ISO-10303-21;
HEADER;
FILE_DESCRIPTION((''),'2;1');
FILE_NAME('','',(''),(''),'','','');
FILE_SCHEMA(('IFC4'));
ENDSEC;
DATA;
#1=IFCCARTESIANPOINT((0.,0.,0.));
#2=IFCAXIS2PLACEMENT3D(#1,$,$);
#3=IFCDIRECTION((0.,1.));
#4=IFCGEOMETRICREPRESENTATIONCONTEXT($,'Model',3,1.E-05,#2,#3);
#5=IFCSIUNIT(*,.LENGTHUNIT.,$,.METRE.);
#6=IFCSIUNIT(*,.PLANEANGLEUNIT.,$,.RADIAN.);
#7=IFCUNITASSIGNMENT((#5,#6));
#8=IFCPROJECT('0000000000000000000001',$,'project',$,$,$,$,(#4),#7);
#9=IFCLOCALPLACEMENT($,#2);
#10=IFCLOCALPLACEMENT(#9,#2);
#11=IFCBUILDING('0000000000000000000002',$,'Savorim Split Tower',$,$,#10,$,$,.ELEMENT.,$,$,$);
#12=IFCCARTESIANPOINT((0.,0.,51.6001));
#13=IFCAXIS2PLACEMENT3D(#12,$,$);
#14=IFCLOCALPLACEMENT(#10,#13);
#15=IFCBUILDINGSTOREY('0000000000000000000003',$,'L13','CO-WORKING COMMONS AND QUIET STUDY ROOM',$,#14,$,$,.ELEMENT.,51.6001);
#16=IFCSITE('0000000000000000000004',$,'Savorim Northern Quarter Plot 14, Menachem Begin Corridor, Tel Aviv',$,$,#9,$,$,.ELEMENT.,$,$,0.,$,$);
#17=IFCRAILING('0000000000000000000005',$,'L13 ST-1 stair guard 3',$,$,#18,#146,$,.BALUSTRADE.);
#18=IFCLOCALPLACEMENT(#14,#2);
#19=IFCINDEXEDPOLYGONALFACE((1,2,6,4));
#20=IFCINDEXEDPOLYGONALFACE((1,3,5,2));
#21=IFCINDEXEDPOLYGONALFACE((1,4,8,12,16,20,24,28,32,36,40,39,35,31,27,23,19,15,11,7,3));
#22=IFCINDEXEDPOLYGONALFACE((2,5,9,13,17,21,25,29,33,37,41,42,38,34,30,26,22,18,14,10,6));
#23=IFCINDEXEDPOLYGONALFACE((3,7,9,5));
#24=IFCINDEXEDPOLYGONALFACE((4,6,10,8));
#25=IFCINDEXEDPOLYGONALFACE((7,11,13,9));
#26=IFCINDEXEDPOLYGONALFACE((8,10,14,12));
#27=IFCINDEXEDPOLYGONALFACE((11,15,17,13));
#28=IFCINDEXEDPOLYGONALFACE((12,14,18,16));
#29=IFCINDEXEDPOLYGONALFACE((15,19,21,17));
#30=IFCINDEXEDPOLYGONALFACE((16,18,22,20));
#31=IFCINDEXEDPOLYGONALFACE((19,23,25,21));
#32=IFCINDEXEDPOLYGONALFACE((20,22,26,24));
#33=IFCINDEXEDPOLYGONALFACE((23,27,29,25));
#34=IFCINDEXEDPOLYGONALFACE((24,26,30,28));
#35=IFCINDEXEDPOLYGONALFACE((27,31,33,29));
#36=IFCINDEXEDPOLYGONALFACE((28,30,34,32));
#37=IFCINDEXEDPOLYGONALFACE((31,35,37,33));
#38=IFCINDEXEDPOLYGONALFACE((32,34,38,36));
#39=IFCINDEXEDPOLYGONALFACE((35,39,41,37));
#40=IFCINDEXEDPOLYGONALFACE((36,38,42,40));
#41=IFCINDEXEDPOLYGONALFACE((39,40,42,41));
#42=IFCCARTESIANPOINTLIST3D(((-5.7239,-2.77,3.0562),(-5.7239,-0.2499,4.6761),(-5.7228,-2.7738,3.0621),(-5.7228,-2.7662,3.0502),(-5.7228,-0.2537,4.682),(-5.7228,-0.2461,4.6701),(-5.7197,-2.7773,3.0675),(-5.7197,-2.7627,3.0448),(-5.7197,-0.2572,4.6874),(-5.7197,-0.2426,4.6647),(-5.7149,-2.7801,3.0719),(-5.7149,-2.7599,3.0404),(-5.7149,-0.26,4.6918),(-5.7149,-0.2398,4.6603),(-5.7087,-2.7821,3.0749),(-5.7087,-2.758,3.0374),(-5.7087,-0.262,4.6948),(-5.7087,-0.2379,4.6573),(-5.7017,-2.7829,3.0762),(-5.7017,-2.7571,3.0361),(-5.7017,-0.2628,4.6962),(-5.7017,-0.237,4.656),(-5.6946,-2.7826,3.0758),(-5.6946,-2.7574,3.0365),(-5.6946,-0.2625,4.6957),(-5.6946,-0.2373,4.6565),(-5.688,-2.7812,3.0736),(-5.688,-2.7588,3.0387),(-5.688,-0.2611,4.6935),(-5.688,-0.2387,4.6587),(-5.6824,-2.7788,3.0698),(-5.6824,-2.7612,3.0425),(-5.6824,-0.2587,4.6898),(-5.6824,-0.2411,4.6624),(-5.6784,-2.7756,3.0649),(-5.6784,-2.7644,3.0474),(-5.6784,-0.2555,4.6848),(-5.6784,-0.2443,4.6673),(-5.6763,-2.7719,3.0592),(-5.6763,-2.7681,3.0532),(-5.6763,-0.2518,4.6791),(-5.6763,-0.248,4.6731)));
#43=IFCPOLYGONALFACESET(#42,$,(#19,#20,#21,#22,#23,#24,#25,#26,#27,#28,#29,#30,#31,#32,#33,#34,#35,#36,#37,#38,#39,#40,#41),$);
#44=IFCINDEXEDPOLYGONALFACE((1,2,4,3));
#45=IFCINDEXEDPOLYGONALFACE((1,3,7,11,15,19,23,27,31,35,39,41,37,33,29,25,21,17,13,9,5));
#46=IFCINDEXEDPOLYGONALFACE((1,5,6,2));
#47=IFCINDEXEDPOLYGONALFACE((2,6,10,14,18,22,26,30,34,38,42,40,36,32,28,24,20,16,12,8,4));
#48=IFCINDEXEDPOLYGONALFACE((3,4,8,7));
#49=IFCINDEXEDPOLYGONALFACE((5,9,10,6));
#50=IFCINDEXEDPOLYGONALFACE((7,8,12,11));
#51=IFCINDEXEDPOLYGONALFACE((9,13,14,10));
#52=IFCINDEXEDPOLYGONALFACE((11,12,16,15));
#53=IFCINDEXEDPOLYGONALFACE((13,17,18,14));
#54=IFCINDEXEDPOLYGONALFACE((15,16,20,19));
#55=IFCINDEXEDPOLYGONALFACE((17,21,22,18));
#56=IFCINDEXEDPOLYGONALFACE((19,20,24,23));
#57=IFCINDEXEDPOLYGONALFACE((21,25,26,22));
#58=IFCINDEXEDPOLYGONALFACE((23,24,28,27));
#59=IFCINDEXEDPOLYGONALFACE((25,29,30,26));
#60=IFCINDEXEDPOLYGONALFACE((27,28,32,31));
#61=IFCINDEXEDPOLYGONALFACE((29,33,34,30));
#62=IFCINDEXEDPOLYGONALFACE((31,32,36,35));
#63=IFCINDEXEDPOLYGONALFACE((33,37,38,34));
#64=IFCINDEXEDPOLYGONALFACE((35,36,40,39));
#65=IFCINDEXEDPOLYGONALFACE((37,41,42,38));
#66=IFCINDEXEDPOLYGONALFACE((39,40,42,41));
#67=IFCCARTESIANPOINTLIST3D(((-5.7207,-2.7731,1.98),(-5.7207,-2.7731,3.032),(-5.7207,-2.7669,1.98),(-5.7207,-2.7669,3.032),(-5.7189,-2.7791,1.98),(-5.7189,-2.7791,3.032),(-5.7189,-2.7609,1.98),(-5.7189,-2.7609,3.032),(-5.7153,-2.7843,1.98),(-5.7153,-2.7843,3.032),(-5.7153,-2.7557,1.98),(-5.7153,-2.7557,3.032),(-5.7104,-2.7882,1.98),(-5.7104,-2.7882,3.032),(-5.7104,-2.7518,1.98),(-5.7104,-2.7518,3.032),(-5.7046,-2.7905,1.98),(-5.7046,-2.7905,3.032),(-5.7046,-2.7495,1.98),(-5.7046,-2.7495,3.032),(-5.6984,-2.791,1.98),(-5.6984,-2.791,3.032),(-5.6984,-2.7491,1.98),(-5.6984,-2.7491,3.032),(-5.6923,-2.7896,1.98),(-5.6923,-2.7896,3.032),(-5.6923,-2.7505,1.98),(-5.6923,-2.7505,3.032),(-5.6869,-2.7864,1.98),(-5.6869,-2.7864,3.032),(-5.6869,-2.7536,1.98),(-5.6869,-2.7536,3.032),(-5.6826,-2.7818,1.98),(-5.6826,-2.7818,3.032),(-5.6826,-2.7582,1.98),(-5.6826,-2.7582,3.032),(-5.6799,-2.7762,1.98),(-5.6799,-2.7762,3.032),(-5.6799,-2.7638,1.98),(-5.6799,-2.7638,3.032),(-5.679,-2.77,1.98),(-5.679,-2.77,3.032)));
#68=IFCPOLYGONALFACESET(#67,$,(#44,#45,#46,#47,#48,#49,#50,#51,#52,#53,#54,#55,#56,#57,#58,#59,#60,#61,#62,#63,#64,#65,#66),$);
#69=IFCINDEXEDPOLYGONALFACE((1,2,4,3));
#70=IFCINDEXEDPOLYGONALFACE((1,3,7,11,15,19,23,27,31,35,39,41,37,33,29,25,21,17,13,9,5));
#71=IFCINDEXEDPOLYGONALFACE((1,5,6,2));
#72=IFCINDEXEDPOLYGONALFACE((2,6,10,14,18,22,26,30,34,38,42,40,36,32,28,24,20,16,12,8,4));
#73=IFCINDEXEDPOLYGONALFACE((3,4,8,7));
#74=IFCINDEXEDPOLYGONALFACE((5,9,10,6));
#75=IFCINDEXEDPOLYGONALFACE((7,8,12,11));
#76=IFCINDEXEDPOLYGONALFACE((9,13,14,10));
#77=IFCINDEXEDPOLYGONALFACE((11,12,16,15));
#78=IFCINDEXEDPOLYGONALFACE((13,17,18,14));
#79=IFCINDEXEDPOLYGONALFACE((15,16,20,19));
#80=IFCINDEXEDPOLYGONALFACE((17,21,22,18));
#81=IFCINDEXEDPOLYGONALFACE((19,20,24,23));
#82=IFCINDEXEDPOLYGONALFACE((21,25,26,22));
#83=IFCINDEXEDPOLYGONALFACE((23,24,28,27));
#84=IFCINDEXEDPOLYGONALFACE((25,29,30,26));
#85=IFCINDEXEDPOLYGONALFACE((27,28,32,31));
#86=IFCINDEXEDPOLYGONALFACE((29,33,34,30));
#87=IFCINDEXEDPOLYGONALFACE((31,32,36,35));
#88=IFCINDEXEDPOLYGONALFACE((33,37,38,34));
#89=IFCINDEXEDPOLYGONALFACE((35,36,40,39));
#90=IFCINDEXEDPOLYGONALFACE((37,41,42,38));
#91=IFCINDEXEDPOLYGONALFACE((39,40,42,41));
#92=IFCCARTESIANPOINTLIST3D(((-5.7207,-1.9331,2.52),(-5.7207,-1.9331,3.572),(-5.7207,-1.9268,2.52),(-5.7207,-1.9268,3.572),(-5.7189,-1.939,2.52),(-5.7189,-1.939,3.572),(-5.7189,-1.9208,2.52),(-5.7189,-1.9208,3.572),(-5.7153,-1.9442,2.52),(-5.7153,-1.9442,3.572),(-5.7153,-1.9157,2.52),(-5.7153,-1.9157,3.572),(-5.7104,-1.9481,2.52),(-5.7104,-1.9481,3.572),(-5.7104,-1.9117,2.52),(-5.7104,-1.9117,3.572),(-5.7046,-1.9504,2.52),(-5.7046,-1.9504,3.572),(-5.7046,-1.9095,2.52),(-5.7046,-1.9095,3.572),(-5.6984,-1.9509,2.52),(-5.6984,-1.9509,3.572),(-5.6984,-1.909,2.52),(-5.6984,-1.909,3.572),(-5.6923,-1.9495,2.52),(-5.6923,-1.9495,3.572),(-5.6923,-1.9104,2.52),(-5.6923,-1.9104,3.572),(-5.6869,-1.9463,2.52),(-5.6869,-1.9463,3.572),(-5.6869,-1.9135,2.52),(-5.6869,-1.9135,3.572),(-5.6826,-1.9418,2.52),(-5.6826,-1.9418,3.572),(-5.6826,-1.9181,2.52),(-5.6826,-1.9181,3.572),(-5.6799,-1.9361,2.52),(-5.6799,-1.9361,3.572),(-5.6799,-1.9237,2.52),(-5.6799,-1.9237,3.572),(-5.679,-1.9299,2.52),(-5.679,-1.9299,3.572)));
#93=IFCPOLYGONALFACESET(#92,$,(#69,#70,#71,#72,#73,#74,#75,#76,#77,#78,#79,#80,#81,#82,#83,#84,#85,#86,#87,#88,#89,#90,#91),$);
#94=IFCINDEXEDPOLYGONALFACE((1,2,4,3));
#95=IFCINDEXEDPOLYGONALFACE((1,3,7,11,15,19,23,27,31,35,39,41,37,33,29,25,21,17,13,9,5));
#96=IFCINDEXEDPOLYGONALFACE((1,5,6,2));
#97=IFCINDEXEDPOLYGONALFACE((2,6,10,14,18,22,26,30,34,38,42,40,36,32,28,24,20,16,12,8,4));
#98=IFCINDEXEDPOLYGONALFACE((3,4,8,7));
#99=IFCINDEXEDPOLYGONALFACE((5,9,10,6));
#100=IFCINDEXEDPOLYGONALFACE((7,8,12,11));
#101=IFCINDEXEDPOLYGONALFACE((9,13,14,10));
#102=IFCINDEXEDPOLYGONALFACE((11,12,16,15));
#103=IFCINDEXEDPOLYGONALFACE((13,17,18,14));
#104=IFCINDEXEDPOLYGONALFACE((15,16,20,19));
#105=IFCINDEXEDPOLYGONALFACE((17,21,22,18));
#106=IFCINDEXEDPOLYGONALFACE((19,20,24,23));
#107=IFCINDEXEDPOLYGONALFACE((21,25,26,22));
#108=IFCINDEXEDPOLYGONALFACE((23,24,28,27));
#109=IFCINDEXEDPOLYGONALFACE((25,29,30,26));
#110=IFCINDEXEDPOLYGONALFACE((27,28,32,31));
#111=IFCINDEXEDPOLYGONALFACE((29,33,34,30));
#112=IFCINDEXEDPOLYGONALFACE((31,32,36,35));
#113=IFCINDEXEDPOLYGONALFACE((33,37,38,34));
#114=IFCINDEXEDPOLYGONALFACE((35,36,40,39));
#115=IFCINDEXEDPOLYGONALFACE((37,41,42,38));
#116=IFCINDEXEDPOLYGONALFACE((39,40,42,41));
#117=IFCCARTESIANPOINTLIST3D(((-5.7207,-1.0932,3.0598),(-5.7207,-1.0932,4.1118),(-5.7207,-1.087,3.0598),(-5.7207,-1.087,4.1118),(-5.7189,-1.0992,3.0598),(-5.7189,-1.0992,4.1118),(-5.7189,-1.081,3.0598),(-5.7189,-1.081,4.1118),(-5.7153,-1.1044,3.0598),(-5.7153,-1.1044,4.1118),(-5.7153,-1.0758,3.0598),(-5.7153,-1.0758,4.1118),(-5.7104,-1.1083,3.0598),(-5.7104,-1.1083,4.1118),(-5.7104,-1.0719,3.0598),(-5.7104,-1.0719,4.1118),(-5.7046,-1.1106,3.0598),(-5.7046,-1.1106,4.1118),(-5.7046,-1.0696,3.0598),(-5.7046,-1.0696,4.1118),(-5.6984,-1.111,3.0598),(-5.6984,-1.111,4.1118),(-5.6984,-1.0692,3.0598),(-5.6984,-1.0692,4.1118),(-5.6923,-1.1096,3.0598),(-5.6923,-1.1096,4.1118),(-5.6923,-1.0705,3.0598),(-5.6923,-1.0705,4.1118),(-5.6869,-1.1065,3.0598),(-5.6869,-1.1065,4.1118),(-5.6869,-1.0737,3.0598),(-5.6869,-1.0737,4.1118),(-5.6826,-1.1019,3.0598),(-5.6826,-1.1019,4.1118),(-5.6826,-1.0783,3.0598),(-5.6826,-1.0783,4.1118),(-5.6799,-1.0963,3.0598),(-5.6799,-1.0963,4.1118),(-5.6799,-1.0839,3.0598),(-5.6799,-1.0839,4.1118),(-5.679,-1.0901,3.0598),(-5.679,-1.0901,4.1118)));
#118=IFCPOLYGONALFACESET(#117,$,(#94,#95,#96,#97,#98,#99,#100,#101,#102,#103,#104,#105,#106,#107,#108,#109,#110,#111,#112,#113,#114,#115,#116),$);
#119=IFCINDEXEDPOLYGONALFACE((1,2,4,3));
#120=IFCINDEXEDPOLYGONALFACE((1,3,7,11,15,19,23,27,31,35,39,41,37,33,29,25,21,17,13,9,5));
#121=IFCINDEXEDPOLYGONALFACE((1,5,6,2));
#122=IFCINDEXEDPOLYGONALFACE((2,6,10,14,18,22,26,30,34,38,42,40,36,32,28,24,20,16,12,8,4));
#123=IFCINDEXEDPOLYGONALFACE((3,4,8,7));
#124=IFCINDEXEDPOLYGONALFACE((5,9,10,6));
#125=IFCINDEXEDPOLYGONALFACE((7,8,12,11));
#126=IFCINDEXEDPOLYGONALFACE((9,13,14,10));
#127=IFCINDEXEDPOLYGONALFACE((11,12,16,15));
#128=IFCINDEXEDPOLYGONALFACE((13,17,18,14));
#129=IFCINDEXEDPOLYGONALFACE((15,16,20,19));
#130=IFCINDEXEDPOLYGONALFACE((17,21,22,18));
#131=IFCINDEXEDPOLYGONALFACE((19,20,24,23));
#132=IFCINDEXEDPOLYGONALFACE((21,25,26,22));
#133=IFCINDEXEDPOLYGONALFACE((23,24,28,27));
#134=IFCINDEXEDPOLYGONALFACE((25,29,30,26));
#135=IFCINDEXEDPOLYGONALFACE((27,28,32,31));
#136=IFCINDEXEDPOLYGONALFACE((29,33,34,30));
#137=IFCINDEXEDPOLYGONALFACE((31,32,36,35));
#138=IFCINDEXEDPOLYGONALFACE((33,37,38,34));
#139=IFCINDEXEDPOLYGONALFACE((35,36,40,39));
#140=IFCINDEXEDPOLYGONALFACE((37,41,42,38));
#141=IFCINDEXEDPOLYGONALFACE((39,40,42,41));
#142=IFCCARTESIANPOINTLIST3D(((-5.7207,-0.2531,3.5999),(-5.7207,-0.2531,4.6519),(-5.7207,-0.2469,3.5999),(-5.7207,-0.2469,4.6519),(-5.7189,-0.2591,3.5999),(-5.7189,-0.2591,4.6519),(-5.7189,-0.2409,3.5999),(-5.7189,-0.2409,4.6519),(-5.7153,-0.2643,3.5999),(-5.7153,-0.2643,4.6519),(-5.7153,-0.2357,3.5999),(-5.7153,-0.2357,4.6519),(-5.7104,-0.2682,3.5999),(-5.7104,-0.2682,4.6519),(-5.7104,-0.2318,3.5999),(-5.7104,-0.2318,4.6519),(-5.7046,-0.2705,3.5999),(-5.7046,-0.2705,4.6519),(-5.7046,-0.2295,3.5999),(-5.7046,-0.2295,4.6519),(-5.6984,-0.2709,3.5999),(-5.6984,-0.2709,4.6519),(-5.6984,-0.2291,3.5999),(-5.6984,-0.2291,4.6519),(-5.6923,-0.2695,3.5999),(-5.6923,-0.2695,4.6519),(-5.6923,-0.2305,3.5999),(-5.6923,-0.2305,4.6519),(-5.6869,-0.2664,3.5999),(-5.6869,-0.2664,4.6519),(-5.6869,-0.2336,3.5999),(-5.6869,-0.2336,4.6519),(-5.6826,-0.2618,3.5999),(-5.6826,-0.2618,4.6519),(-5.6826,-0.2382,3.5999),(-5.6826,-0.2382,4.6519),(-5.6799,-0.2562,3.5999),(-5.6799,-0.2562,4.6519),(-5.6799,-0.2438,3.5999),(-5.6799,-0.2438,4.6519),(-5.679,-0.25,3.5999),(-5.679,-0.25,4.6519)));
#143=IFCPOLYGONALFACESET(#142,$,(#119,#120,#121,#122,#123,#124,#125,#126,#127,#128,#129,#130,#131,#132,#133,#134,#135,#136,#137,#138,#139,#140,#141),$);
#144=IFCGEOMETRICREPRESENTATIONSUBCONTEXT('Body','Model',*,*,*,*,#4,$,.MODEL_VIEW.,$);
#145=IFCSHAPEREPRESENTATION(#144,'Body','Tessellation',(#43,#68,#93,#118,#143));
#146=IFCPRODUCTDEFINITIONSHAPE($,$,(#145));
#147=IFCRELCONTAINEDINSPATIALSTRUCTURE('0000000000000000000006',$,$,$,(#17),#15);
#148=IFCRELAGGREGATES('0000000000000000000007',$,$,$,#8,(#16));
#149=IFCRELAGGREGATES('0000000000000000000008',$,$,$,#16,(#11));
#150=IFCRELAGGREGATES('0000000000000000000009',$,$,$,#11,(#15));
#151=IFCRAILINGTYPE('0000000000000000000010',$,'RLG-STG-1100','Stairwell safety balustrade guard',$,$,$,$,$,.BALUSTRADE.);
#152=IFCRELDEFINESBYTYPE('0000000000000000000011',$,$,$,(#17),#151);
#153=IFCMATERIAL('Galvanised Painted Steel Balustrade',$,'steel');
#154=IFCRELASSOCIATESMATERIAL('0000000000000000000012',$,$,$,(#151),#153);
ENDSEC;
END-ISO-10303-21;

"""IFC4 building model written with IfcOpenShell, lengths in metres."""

from ifc_helpers import new_model, si_unit, direction, frame, origin, origin_2d, place, context, subcontext, project, spatial, circle, extrude, material, type_object, element, save


model = new_model("IFC4")

# Units and contexts
model_context = context("Model", 3, precision=1e-05, world=origin(), true_north=direction((0.0, 1.0)))
body_context = subcontext(model_context, "Body", "Model", "MODEL_VIEW")
ifc_project = project(units=[si_unit("LENGTHUNIT", "METRE"), si_unit("PLANEANGLEUNIT", "RADIAN")], contexts=[model_context])

# Site, building, storey
site_placement = place(None, origin())
site = spatial("IfcSite", under=ifc_project, at=site_placement, Name="Savorim Northern Quarter Plot 14, Menachem Begin Corridor, Tel Aviv", CompositionType="ELEMENT", RefElevation=0.0)
building_placement = place(site_placement, origin())
building = spatial("IfcBuilding", under=site, at=building_placement, Name="Savorim Split Tower", CompositionType="ELEMENT")
storey_placement = place(building_placement, frame((0.0, 0.0, 51.6001)))
storey = spatial("IfcBuildingStorey", under=building, at=storey_placement, Name="L13", Description="CO-WORKING COMMONS AND QUIET STUDY ROOM", CompositionType="ELEMENT", Elevation=51.6001)

# Railing
ifc_material_1 = material(Name="Galvanised Painted Steel Balustrade", Category="steel")
railing_type_1 = type_object("IfcRailingType", Name="RLG-STG-1100", Description="Stairwell safety balustrade guard", PredefinedType="BALUSTRADE", material=ifc_material_1)
railing_1_placement = place(storey_placement, frame((-5.7, -2.77, 1.98)))
element("IfcRailing", 1, at=railing_1_placement, inside=storey, type_object=railing_type_1, Name="L13 ST-1 stair guard 3", PredefinedType="BALUSTRADE", context=body_context, shape_type="SweptSolid", body=[
    extrude(circle(Radius=0.0239, at=origin_2d()), frame((0.0, 0.0, 1.0762), z_axis=(0.0, 0.8412, 0.540725), x_axis=(-1.0, 0.0, 0.0)), (0.0, 0.0, 1.0), 2.9958),
    extrude(circle(Radius=0.021, at=origin_2d()), origin(), (0.0, 0.0, 1.0), 1.052),
    extrude(circle(Radius=0.021, at=origin_2d()), frame((0.0, 0.8401, 0.54)), (0.0, 0.0, 1.0), 1.052),
    extrude(circle(Radius=0.021, at=origin_2d()), frame((0.0, 1.6799, 1.0798)), (0.0, 0.0, 1.0), 1.052),
    extrude(circle(Radius=0.021, at=origin_2d()), frame((0.0, 2.52, 1.6199)), (0.0, 0.0, 1.0), 1.052),
])

save(model, "model.ifc")
